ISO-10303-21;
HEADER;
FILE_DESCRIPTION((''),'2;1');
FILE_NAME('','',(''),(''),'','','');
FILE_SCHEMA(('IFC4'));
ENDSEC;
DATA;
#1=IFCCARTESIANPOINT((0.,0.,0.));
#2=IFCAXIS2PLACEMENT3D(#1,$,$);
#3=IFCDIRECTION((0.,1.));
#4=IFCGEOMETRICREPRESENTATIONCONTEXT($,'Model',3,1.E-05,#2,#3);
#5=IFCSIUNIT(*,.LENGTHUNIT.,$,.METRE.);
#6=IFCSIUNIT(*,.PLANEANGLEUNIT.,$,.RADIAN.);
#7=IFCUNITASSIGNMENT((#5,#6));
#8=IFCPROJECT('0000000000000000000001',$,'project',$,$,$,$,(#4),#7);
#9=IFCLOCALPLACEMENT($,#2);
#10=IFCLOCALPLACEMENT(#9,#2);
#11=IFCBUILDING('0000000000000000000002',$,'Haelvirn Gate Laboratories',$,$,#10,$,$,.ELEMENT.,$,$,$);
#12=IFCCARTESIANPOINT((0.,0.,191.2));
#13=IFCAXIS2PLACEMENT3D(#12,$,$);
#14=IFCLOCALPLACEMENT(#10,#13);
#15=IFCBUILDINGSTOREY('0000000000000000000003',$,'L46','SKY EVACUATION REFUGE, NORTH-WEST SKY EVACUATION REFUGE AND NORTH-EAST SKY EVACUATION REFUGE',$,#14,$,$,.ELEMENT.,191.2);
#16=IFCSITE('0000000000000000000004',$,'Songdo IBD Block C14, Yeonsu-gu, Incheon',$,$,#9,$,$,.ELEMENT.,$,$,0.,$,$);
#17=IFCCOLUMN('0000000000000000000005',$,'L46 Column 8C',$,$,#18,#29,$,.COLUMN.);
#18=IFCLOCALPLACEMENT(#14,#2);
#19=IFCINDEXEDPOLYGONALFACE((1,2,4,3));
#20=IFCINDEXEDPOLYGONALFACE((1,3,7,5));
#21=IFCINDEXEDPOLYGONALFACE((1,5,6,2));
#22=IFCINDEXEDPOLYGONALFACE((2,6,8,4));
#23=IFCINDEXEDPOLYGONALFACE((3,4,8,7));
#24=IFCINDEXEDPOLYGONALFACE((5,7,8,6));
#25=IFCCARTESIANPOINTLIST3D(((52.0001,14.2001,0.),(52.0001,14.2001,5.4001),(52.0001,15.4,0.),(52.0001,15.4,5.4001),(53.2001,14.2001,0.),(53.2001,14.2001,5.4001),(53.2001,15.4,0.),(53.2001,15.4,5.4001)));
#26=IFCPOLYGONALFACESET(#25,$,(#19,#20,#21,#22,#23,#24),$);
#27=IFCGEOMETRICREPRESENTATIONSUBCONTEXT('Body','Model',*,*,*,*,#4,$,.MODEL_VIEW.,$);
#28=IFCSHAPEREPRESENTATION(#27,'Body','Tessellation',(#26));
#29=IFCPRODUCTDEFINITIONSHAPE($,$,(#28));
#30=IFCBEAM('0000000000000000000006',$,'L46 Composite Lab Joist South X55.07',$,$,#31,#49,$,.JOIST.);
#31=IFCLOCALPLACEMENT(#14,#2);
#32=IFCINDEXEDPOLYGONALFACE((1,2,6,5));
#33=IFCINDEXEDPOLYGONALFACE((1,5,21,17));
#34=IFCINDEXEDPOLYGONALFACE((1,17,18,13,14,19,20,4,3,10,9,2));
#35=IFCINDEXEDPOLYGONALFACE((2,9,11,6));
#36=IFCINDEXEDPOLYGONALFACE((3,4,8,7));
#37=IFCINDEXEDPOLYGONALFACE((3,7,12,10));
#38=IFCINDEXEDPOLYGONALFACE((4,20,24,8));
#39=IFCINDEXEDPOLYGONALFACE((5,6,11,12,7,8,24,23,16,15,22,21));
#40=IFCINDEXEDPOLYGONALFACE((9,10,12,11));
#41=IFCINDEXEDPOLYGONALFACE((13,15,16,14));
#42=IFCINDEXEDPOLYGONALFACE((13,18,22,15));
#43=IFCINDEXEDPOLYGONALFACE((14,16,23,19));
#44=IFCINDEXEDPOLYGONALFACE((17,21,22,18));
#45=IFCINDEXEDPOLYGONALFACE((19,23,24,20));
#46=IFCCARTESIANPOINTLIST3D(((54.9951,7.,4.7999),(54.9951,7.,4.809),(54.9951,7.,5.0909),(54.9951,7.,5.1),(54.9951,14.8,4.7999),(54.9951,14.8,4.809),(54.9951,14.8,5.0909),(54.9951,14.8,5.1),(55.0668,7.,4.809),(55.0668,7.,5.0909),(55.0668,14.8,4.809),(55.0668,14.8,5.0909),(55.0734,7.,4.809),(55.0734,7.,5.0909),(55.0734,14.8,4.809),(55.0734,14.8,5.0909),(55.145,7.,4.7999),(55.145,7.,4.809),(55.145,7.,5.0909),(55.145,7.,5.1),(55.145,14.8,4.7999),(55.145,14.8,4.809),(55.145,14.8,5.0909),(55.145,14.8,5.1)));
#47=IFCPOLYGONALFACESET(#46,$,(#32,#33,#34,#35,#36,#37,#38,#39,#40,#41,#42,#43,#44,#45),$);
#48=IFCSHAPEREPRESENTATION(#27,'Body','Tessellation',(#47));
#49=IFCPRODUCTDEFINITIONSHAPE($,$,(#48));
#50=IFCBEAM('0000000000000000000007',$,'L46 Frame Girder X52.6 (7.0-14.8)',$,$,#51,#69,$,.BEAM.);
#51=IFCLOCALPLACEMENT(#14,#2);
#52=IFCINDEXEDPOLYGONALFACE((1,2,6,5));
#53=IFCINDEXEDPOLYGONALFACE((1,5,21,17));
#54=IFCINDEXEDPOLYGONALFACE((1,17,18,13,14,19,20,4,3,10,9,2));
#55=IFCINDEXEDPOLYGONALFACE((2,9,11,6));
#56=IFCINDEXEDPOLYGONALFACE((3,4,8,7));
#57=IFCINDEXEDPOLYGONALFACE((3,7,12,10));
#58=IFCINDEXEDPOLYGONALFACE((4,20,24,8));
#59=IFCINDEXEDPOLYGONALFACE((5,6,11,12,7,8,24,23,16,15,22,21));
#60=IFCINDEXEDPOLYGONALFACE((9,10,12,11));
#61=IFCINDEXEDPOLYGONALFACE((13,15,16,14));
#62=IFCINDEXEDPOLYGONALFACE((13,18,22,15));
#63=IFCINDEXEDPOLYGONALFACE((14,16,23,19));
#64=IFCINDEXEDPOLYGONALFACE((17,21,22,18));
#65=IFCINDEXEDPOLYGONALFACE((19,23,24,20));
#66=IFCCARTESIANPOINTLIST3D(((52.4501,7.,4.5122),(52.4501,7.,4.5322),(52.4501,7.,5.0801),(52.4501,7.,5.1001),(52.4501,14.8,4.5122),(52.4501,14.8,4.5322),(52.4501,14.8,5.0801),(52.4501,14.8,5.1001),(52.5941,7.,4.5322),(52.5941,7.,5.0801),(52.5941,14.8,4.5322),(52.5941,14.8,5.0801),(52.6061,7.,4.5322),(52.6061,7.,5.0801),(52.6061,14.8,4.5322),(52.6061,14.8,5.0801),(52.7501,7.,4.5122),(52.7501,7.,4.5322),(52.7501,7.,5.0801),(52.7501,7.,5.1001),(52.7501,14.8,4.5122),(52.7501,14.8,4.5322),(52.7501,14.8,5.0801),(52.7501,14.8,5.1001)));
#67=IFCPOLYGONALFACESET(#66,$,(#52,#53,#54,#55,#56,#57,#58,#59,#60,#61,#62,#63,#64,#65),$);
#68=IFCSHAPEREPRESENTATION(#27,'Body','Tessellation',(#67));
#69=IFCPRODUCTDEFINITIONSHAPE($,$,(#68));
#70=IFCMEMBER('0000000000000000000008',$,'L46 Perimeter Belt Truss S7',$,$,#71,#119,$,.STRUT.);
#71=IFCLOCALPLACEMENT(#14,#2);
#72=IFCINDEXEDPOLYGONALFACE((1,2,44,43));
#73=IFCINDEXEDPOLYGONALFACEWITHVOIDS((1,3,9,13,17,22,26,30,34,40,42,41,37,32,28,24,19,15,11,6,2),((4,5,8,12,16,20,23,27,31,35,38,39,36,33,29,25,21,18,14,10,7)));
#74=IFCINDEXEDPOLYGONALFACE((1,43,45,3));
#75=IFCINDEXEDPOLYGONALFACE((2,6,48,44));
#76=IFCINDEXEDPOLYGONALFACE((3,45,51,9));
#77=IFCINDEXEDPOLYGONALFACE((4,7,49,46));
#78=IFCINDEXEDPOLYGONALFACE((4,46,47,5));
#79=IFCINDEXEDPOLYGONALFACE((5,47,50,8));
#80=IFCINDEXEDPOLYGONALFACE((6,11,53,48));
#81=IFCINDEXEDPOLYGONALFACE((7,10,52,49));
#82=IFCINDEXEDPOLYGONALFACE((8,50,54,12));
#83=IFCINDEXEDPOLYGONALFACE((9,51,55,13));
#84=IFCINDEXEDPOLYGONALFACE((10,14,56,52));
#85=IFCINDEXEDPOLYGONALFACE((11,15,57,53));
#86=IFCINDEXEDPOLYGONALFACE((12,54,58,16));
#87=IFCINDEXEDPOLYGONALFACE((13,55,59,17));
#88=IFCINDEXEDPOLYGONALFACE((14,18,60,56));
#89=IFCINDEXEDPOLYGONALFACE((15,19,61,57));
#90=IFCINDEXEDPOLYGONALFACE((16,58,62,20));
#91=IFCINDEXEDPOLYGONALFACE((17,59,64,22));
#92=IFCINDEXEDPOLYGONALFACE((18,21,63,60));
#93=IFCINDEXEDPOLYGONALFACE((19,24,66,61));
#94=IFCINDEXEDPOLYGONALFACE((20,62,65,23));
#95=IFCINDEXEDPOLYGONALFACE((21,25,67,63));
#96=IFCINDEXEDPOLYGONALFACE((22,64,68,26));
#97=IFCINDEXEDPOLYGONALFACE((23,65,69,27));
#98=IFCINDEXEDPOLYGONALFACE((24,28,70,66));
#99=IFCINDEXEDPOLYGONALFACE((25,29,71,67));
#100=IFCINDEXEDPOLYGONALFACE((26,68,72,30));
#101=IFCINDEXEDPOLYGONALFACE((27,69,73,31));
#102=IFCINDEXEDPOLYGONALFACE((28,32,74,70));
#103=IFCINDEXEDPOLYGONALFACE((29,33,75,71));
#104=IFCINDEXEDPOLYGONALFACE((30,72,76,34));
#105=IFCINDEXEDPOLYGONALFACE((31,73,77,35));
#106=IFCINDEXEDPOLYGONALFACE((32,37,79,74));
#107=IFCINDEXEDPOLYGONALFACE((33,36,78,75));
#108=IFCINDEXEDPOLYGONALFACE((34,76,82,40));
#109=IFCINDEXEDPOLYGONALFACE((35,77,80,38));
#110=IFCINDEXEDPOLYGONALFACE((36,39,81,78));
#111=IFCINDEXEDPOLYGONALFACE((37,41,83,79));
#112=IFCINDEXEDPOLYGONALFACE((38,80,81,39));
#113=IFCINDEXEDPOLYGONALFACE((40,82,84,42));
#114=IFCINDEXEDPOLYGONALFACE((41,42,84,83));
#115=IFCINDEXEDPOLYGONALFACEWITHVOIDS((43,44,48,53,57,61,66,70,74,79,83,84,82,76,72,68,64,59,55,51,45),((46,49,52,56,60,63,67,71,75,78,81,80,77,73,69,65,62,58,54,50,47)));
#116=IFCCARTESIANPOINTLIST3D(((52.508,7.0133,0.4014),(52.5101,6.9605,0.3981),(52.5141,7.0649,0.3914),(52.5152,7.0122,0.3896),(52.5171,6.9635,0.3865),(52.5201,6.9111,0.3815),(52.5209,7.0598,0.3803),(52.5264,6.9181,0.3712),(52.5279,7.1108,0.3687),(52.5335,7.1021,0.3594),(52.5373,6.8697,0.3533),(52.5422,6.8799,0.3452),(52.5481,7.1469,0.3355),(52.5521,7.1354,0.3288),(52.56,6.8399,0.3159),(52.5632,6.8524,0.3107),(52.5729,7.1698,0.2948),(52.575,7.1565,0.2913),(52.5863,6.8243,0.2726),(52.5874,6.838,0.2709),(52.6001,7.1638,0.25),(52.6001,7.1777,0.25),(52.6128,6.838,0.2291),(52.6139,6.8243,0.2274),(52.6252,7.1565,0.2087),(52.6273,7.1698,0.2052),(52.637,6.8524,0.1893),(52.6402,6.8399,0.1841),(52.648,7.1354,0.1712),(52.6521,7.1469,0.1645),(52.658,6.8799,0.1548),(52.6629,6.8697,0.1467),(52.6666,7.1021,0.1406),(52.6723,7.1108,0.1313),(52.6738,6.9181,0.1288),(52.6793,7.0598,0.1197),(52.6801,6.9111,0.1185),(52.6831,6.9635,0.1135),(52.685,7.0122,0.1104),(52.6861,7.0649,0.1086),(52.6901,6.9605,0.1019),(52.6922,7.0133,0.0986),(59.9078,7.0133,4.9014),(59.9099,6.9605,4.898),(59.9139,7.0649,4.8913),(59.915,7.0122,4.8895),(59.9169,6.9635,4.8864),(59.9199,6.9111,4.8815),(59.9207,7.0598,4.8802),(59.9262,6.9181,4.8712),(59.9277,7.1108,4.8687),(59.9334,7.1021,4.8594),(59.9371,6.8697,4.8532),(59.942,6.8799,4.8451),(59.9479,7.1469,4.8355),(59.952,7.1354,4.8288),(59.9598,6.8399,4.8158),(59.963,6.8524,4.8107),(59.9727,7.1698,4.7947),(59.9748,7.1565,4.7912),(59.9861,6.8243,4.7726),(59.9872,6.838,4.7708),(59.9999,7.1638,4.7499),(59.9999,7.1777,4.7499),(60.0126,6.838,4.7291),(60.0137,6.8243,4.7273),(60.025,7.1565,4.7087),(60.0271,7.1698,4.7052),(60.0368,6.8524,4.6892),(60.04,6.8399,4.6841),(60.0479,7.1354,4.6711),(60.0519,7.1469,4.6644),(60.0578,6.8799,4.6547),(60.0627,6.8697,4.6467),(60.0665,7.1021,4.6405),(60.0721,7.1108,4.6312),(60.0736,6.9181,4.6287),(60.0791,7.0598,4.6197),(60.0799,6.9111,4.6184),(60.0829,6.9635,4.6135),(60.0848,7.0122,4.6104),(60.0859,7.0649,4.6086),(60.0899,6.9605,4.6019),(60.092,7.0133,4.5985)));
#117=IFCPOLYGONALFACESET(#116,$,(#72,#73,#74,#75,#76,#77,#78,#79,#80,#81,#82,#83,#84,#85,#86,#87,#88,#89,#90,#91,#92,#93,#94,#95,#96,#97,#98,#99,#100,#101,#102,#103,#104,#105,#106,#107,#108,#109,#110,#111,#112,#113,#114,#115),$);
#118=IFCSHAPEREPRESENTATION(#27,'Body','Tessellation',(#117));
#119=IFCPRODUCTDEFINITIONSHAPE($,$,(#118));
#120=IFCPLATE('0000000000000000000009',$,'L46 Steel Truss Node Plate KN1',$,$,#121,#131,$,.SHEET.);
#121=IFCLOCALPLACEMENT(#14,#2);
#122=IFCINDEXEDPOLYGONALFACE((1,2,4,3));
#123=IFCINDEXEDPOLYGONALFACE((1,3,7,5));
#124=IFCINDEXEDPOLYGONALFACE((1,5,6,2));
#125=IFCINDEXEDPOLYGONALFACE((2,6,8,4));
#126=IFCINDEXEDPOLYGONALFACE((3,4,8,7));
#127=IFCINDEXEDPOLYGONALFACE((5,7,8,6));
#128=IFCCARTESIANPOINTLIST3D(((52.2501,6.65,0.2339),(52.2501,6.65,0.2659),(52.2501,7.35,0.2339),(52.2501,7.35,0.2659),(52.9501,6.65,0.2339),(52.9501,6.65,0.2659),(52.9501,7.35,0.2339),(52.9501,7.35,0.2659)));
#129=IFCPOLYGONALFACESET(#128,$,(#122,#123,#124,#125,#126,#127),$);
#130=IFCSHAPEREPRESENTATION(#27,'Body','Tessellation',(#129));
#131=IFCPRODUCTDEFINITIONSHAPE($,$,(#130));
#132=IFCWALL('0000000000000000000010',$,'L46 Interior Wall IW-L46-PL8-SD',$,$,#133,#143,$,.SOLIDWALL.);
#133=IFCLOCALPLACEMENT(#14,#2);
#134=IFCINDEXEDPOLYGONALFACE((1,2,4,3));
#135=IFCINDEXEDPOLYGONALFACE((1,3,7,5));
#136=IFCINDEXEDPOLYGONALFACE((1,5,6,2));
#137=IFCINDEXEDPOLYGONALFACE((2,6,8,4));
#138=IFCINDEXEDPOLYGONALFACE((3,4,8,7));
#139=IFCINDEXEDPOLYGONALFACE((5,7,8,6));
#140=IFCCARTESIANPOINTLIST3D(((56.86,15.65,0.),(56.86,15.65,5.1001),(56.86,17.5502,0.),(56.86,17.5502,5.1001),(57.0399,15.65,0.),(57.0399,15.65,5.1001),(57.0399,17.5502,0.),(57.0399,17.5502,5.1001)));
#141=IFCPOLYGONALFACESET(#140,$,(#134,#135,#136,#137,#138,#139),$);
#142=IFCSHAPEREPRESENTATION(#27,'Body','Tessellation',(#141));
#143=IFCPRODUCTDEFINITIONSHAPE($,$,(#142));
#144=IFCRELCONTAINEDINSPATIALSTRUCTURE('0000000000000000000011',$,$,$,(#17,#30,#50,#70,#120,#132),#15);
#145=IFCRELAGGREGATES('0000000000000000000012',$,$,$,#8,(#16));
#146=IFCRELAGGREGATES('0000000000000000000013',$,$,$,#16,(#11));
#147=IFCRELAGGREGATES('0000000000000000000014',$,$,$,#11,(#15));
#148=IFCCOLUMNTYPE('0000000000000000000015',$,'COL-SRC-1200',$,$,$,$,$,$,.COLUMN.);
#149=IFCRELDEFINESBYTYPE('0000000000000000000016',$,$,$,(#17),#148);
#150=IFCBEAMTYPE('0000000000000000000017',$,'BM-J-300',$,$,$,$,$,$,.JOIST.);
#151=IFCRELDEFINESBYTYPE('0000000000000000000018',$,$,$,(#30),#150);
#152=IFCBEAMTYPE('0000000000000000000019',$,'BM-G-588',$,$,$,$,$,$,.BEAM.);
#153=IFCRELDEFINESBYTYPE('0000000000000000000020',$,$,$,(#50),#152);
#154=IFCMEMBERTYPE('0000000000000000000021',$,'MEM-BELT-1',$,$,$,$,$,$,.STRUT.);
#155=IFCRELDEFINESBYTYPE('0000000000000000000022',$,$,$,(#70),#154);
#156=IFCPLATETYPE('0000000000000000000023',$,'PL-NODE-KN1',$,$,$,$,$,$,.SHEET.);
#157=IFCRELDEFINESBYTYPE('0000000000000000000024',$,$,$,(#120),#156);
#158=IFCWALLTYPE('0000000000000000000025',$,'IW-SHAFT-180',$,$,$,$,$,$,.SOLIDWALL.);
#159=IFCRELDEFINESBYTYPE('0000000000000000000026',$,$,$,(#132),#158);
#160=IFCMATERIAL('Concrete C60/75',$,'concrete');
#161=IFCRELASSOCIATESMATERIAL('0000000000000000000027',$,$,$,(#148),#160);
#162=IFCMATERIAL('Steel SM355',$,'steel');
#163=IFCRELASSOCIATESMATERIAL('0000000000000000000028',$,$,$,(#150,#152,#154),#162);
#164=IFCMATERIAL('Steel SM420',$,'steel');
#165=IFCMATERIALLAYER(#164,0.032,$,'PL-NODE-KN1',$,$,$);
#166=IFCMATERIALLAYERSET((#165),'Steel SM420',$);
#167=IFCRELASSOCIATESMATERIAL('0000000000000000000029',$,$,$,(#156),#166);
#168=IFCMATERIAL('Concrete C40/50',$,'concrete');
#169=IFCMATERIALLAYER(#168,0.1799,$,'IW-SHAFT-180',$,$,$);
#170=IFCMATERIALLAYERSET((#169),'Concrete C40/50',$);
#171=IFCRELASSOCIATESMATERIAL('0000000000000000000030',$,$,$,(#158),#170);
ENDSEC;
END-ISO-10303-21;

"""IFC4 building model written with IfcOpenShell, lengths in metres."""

from ifc_helpers import new_model, si_unit, direction, frame, frame_2d, origin, origin_2d, place, context, subcontext, project, spatial, rectangle, hollow_circle, i_section, extrude, source, transform, mapped, material, layer, layer_set, material_profile, profile_set, type_object, type_shapes, element, save


model = new_model("IFC4")

# Units and contexts
model_context = context("Model", 3, precision=1e-05, world=origin(), true_north=direction((0.0, 1.0)))
body_context = subcontext(model_context, "Body", "Model", "MODEL_VIEW")
ifc_project = project(units=[si_unit("LENGTHUNIT", "METRE"), si_unit("PLANEANGLEUNIT", "RADIAN")], contexts=[model_context])

# Site, building, storey
site_placement = place(None, origin())
site = spatial("IfcSite", under=ifc_project, at=site_placement, Name="Songdo IBD Block C14, Yeonsu-gu, Incheon", CompositionType="ELEMENT", RefElevation=0.0)
building_placement = place(site_placement, origin())
building = spatial("IfcBuilding", under=site, at=building_placement, Name="Haelvirn Gate Laboratories", CompositionType="ELEMENT")
storey_placement = place(building_placement, frame((0.0, 0.0, 191.2)))
storey = spatial("IfcBuildingStorey", under=building, at=storey_placement, Name="L46", Description="SKY EVACUATION REFUGE, NORTH-WEST SKY EVACUATION REFUGE AND NORTH-EAST SKY EVACUATION REFUGE", CompositionType="ELEMENT", Elevation=191.2)

# Column
ifc_material_1 = material(Name="Concrete C60/75", Category="concrete")
ifc_material_profile_1 = material_profile(ifc_material_1, rectangle(XDim=1.2, YDim=1.2, at=origin_2d()), Name="SRC-1200x1200")
ifc_profile_set_1 = profile_set([ifc_material_profile_1], Name="Concrete C60/75")
column_type = type_object("IfcColumnType", Name="COL-SRC-1200", PredefinedType="COLUMN", material=ifc_profile_set_1)
shared_shape_1 = source(origin(), body_context, "Body", "SweptSolid", [
    extrude(rectangle(XDim=1.2, YDim=1.2, at=origin_2d()), origin(), (0.0, 0.0, 1.0), 5.4001),
])
type_shapes(column_type, [shared_shape_1])
column_placement = place(storey_placement, frame((52.6001, 14.8, 0.0), z_axis=(0.0, 0.0, 1.0), x_axis=(1.0, 0.0, 0.0)))
element("IfcColumn", 1, at=column_placement, inside=storey, type_object=column_type, Name="L46 Column 8C", PredefinedType="COLUMN", context=body_context, shape_type="MappedRepresentation", body=[
    mapped(shared_shape_1, transform((0.0, 0.0, 0.0), scale=1.0)),
])

# Beams
ifc_material_2 = material(Name="Steel SM355", Category="steel")
ifc_material_profile_2 = material_profile(ifc_material_2, i_section(OverallWidth=0.1499, OverallDepth=0.3, WebThickness=0.0066, FlangeThickness=0.009, at=origin_2d()), Name="H-300x150x6.5x9")
ifc_profile_set_2 = profile_set([ifc_material_profile_2], Name="Steel SM355")
beam_type_1 = type_object("IfcBeamType", Name="BM-J-300", PredefinedType="JOIST", material=ifc_profile_set_2)
shared_shape_2 = source(origin(), body_context, "Body", "SweptSolid", [
    extrude(i_section(OverallWidth=0.1499, OverallDepth=0.3, WebThickness=0.0066, FlangeThickness=0.009, at=origin_2d()), origin(), (0.0, 0.0, 1.0), 7.8),
])
type_shapes(beam_type_1, [shared_shape_2])
beam_1_placement = place(storey_placement, frame((55.0701, 7.0, 4.95), z_axis=(0.0, 1.0, 0.0), x_axis=(-1.0, 0.0, 0.0)))
element("IfcBeam", 2, at=beam_1_placement, inside=storey, type_object=beam_type_1, Name="L46 Composite Lab Joist South X55.07", PredefinedType="JOIST", context=body_context, shape_type="MappedRepresentation", body=[
    mapped(shared_shape_2, transform((0.0, 0.0, 0.0), scale=1.0)),
])
ifc_material_profile_3 = material_profile(ifc_material_2, i_section(OverallWidth=0.3, OverallDepth=0.5879, WebThickness=0.012, FlangeThickness=0.02, at=origin_2d()), Name="H-588x300x12x20")
ifc_profile_set_3 = profile_set([ifc_material_profile_3], Name="Steel SM355")
beam_type_2 = type_object("IfcBeamType", Name="BM-G-588", PredefinedType="BEAM", material=ifc_profile_set_3)
shared_shape_3 = source(origin(), body_context, "Body", "SweptSolid", [
    extrude(i_section(OverallWidth=0.3, OverallDepth=0.5879, WebThickness=0.012, FlangeThickness=0.02, at=origin_2d()), origin(), (0.0, 0.0, 1.0), 7.8),
])
type_shapes(beam_type_2, [shared_shape_3])
beam_2_placement = place(storey_placement, frame((52.6001, 7.0, 4.8062), z_axis=(0.0, 1.0, 0.0), x_axis=(-1.0, 0.0, 0.0)))
element("IfcBeam", 3, at=beam_2_placement, inside=storey, type_object=beam_type_2, Name="L46 Frame Girder X52.6 (7.0-14.8)", PredefinedType="BEAM", context=body_context, shape_type="MappedRepresentation", body=[
    mapped(shared_shape_3, transform((0.0, 0.0, 0.0), scale=1.0)),
])

# Member
ifc_material_profile_4 = material_profile(ifc_material_2, hollow_circle(Radius=0.1777, WallThickness=0.0139, at=origin_2d()), Name="CHS-355x14")
ifc_profile_set_4 = profile_set([ifc_material_profile_4], Name="Steel SM355")
member_type = type_object("IfcMemberType", Name="MEM-BELT-1", PredefinedType="STRUT", material=ifc_profile_set_4)
shared_shape_4 = source(origin(), body_context, "Body", "SweptSolid", [
    extrude(hollow_circle(Radius=0.1777, WallThickness=0.0139, at=origin_2d()), origin(), (0.0, 0.0, 1.0), 8.6606),
])
type_shapes(member_type, [shared_shape_4])
member_placement = place(storey_placement, frame((52.6001, 7.0, 0.25), z_axis=(0.854418, 0.0, 0.519586), x_axis=(0.0, 1.0, 0.0)))
element("IfcMember", 4, at=member_placement, inside=storey, type_object=member_type, Name="L46 Perimeter Belt Truss S7", PredefinedType="STRUT", context=body_context, shape_type="MappedRepresentation", body=[
    mapped(shared_shape_4, transform((0.0, 0.0, 0.0), scale=1.0)),
])

# Plate
ifc_material_3 = material(Name="Steel SM420", Category="steel")
ifc_layer_1 = layer(ifc_material_3, 0.032, Name="PL-NODE-KN1")
ifc_layer_set_1 = layer_set([ifc_layer_1], Name="Steel SM420")
plate_type = type_object("IfcPlateType", Name="PL-NODE-KN1", PredefinedType="SHEET", material=ifc_layer_set_1)
shared_shape_5 = source(origin(), body_context, "Body", "SweptSolid", [
    extrude(rectangle(XDim=0.7, YDim=0.7, at=origin_2d()), origin(), (0.0, 0.0, 1.0), 0.032),
])
type_shapes(plate_type, [shared_shape_5])
plate_placement = place(storey_placement, frame((52.6001, 7.0, 0.2339), z_axis=(0.0, 0.0, 1.0), x_axis=(1.0, 0.0, 0.0)))
element("IfcPlate", 5, at=plate_placement, inside=storey, type_object=plate_type, Name="L46 Steel Truss Node Plate KN1", PredefinedType="SHEET", context=body_context, shape_type="MappedRepresentation", body=[
    mapped(shared_shape_5, transform((0.0, 0.0, 0.0), scale=1.0)),
])

# Wall
ifc_material_4 = material(Name="Concrete C40/50", Category="concrete")
ifc_layer_2 = layer(ifc_material_4, 0.1799, Name="IW-SHAFT-180")
ifc_layer_set_2 = layer_set([ifc_layer_2], Name="Concrete C40/50")
wall_type_1 = type_object("IfcWallType", Name="IW-SHAFT-180", PredefinedType="SOLIDWALL", material=ifc_layer_set_2)
wall_1_placement = place(storey_placement, frame((56.95, 15.6499, 0.0), z_axis=(0.0, 0.0, 1.0), x_axis=(0.0, 1.0, 0.0)))
element("IfcWall", 6, at=wall_1_placement, inside=storey, type_object=wall_type_1, Name="L46 Interior Wall IW-L46-PL8-SD", PredefinedType="SOLIDWALL", context=body_context, shape_type="SweptSolid", body=[
    extrude(rectangle(XDim=1.9001, YDim=0.1799, at=frame_2d((0.9502, 0.0))), origin(), (0.0, 0.0, 1.0), 5.1001),
])

save(model, "model.ifc")
